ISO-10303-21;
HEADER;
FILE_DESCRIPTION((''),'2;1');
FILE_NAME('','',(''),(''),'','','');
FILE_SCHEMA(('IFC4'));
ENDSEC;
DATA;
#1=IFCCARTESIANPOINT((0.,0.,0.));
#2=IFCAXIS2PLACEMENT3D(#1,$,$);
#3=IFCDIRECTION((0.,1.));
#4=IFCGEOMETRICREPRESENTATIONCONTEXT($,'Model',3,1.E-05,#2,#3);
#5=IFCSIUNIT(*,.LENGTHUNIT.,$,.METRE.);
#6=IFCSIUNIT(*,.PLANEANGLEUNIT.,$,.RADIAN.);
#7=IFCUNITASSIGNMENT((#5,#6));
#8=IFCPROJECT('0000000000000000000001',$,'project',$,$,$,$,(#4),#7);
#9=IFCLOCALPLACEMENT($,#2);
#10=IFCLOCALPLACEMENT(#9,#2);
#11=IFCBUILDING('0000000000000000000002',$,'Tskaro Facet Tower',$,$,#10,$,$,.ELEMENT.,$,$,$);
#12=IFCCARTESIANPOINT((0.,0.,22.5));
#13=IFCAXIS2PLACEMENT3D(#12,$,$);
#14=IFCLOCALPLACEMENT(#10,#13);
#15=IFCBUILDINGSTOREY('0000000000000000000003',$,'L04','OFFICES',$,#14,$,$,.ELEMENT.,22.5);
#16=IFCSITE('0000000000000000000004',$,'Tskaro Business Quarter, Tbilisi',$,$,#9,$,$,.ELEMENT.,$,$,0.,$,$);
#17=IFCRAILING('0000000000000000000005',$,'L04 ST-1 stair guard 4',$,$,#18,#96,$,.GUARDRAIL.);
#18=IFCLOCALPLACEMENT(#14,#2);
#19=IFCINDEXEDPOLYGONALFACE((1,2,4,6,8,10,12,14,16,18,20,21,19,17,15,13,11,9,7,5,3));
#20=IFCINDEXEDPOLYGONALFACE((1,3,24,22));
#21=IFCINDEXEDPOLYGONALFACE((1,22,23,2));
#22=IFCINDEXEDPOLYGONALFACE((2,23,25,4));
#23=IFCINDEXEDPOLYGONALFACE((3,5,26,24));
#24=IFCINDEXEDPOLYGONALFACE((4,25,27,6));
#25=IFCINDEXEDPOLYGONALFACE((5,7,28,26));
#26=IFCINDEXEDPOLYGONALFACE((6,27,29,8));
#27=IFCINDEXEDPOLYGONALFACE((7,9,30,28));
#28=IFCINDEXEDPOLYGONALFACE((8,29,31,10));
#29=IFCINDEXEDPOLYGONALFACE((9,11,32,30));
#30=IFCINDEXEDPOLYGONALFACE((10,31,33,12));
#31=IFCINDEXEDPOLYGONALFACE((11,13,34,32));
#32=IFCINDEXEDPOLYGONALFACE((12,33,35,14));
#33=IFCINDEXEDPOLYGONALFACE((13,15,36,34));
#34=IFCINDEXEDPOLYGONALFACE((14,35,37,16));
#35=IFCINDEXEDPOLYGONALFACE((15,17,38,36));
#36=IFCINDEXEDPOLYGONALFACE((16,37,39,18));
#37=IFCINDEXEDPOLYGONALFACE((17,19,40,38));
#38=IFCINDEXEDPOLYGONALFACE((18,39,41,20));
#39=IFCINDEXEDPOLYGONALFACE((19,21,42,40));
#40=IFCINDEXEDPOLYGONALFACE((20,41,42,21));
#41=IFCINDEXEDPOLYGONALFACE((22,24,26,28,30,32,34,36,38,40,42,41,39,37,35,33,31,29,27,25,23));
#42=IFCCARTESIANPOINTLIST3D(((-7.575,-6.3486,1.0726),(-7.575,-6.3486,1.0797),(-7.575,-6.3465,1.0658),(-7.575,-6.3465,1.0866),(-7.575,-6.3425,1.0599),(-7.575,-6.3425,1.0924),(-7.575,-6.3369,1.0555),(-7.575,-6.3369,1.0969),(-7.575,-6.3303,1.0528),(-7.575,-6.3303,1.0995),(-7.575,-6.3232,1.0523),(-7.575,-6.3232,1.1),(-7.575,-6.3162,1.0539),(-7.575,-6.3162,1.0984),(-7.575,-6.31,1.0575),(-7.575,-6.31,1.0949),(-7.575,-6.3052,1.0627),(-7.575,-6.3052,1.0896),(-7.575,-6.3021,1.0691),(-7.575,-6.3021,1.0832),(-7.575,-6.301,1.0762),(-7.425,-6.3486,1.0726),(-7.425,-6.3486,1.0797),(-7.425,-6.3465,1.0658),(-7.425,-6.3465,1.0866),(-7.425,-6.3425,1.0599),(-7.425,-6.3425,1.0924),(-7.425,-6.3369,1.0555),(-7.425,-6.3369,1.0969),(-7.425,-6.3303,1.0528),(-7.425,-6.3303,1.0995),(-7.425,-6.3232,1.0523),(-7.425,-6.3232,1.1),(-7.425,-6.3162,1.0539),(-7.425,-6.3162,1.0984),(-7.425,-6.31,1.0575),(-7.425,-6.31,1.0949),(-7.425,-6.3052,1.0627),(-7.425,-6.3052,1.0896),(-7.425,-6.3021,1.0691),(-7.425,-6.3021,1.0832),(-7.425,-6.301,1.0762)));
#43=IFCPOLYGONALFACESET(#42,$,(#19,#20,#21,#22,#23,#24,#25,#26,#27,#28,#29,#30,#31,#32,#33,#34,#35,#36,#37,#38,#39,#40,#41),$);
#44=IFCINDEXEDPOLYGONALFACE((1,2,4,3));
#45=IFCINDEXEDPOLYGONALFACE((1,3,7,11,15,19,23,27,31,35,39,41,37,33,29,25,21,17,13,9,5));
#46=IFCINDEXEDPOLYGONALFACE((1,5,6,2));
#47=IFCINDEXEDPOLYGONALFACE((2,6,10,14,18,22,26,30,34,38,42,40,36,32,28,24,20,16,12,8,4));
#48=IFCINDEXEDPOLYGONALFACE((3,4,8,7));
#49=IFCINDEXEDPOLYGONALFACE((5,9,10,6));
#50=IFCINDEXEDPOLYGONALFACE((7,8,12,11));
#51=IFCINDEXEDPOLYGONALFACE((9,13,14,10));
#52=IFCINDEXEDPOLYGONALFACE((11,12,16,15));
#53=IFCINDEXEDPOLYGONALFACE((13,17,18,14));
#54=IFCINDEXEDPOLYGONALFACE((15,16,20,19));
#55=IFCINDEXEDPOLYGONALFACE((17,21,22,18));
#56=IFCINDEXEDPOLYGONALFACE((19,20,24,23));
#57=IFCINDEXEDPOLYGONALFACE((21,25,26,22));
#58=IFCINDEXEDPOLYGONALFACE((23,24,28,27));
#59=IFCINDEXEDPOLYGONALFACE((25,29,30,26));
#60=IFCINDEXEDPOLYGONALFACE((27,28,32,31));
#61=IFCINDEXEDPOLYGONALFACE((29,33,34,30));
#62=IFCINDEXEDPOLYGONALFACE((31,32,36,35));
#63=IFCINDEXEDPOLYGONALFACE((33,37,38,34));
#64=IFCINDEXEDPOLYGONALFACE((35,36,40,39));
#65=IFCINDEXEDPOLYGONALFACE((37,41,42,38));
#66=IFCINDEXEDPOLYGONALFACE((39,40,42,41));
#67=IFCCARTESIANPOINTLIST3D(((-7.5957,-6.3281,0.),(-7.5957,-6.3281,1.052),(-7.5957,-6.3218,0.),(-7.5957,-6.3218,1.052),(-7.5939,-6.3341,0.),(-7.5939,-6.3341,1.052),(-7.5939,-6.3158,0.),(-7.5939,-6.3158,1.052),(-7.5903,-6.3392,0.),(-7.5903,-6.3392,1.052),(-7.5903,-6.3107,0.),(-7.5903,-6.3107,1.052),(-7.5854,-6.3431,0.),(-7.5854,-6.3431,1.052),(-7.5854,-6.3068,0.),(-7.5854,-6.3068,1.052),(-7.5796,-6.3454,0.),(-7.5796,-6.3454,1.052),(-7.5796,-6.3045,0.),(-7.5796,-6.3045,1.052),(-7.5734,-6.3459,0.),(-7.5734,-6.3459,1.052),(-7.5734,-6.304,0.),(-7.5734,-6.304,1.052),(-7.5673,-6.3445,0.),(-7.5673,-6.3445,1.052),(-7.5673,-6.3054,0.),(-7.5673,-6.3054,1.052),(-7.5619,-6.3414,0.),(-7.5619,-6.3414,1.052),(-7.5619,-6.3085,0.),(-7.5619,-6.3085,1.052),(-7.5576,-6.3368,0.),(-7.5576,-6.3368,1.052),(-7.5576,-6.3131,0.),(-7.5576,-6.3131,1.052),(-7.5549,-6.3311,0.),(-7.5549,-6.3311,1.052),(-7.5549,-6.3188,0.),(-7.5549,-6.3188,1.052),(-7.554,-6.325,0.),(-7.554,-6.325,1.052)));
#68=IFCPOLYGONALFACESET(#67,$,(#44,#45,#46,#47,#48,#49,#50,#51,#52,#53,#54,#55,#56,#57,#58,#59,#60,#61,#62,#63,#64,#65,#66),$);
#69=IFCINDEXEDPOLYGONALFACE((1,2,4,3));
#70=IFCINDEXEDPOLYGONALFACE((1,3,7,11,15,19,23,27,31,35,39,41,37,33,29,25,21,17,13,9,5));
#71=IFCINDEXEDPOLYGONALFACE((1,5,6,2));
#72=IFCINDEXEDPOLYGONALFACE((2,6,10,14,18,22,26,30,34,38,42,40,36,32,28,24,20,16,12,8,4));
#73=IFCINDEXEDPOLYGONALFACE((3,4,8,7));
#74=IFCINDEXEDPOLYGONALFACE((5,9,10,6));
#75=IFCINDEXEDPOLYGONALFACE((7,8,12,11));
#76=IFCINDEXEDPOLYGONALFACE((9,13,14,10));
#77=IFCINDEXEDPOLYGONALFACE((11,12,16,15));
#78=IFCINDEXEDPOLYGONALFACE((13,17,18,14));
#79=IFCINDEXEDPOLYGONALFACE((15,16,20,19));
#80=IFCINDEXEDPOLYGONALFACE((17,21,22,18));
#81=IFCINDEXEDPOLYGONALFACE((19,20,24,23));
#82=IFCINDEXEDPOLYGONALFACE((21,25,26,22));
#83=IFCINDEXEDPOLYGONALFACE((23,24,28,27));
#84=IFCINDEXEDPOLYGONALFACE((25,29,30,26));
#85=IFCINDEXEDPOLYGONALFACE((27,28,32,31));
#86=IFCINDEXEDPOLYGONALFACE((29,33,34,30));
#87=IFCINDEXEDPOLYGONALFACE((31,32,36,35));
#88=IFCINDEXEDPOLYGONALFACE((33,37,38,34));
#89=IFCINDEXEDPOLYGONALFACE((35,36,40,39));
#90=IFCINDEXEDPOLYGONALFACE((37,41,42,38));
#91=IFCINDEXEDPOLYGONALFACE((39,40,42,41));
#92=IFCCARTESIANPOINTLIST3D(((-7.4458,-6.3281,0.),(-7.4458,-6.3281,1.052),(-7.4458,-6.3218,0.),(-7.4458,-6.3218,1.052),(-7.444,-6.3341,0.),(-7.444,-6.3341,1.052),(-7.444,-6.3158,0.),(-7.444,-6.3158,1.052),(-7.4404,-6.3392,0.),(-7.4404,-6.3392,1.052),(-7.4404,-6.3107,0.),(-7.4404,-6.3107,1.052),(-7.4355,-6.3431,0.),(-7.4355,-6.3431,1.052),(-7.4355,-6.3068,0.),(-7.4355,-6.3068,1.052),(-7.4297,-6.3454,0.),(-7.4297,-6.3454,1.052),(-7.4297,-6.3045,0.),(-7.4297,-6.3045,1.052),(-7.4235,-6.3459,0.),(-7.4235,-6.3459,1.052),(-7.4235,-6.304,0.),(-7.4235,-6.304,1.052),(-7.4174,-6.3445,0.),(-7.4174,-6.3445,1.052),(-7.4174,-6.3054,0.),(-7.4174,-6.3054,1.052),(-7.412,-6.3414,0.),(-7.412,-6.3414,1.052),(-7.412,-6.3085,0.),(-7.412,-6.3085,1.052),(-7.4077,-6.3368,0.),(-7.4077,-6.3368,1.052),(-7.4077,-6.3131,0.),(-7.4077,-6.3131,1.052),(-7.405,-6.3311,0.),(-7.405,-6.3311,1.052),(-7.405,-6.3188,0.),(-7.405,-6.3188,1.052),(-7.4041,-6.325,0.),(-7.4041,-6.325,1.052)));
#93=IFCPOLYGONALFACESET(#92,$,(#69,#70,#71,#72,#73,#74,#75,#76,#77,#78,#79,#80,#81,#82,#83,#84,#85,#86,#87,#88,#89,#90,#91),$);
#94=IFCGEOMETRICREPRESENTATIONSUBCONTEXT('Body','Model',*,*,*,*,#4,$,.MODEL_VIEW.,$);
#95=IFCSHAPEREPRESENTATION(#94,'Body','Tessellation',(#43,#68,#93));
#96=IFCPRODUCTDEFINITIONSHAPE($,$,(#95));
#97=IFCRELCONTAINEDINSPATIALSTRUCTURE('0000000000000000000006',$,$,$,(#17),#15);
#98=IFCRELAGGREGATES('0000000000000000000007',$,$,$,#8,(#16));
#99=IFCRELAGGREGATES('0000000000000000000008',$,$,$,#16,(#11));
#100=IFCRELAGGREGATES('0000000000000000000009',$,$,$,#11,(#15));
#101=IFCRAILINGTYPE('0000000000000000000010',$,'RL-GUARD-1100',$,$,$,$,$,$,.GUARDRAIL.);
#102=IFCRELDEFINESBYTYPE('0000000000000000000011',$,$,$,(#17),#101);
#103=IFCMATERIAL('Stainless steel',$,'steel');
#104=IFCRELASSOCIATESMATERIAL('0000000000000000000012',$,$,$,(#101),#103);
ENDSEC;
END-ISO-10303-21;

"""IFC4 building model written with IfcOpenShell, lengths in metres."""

from ifc_helpers import new_model, si_unit, direction, frame, origin, origin_2d, place, context, subcontext, project, spatial, circle, extrude, material, type_object, element, save


model = new_model("IFC4")

# Units and contexts
model_context = context("Model", 3, precision=1e-05, world=origin(), true_north=direction((0.0, 1.0)))
body_context = subcontext(model_context, "Body", "Model", "MODEL_VIEW")
ifc_project = project(units=[si_unit("LENGTHUNIT", "METRE"), si_unit("PLANEANGLEUNIT", "RADIAN")], contexts=[model_context])

# Site, building, storey
site_placement = place(None, origin())
site = spatial("IfcSite", under=ifc_project, at=site_placement, Name="Tskaro Business Quarter, Tbilisi", CompositionType="ELEMENT", RefElevation=0.0)
building_placement = place(site_placement, origin())
building = spatial("IfcBuilding", under=site, at=building_placement, Name="Tskaro Facet Tower", CompositionType="ELEMENT")
storey_placement = place(building_placement, frame((0.0, 0.0, 22.5)))
storey = spatial("IfcBuildingStorey", under=building, at=storey_placement, Name="L04", Description="OFFICES", CompositionType="ELEMENT", Elevation=22.5)

# Shared definitions
ifc_material_1 = material(Name="Stainless steel", Category="steel")

# Railing
railing_type_1 = type_object("IfcRailingType", Name="RL-GUARD-1100", PredefinedType="GUARDRAIL", material=ifc_material_1)
railing_1_placement = place(storey_placement, frame((-7.575, -6.325, 0.0)))
element("IfcRailing", 1, at=railing_1_placement, inside=storey, type_object=railing_type_1, Name="L04 ST-1 stair guard 4", PredefinedType="GUARDRAIL", context=body_context, shape_type="SweptSolid", body=[
    extrude(circle(Radius=0.0239, at=origin_2d()), frame((0.0, 0.0, 1.0762), z_axis=(1.0, 0.0, 0.0), x_axis=(0.0, 1.0, 0.0)), (0.0, 0.0, 1.0), 0.1499),
    extrude(circle(Radius=0.021, at=origin_2d()), origin(), (0.0, 0.0, 1.0), 1.052),
    extrude(circle(Radius=0.021, at=origin_2d()), frame((0.1499, 0.0, 0.0)), (0.0, 0.0, 1.0), 1.052),
])

save(model, "model.ifc")
